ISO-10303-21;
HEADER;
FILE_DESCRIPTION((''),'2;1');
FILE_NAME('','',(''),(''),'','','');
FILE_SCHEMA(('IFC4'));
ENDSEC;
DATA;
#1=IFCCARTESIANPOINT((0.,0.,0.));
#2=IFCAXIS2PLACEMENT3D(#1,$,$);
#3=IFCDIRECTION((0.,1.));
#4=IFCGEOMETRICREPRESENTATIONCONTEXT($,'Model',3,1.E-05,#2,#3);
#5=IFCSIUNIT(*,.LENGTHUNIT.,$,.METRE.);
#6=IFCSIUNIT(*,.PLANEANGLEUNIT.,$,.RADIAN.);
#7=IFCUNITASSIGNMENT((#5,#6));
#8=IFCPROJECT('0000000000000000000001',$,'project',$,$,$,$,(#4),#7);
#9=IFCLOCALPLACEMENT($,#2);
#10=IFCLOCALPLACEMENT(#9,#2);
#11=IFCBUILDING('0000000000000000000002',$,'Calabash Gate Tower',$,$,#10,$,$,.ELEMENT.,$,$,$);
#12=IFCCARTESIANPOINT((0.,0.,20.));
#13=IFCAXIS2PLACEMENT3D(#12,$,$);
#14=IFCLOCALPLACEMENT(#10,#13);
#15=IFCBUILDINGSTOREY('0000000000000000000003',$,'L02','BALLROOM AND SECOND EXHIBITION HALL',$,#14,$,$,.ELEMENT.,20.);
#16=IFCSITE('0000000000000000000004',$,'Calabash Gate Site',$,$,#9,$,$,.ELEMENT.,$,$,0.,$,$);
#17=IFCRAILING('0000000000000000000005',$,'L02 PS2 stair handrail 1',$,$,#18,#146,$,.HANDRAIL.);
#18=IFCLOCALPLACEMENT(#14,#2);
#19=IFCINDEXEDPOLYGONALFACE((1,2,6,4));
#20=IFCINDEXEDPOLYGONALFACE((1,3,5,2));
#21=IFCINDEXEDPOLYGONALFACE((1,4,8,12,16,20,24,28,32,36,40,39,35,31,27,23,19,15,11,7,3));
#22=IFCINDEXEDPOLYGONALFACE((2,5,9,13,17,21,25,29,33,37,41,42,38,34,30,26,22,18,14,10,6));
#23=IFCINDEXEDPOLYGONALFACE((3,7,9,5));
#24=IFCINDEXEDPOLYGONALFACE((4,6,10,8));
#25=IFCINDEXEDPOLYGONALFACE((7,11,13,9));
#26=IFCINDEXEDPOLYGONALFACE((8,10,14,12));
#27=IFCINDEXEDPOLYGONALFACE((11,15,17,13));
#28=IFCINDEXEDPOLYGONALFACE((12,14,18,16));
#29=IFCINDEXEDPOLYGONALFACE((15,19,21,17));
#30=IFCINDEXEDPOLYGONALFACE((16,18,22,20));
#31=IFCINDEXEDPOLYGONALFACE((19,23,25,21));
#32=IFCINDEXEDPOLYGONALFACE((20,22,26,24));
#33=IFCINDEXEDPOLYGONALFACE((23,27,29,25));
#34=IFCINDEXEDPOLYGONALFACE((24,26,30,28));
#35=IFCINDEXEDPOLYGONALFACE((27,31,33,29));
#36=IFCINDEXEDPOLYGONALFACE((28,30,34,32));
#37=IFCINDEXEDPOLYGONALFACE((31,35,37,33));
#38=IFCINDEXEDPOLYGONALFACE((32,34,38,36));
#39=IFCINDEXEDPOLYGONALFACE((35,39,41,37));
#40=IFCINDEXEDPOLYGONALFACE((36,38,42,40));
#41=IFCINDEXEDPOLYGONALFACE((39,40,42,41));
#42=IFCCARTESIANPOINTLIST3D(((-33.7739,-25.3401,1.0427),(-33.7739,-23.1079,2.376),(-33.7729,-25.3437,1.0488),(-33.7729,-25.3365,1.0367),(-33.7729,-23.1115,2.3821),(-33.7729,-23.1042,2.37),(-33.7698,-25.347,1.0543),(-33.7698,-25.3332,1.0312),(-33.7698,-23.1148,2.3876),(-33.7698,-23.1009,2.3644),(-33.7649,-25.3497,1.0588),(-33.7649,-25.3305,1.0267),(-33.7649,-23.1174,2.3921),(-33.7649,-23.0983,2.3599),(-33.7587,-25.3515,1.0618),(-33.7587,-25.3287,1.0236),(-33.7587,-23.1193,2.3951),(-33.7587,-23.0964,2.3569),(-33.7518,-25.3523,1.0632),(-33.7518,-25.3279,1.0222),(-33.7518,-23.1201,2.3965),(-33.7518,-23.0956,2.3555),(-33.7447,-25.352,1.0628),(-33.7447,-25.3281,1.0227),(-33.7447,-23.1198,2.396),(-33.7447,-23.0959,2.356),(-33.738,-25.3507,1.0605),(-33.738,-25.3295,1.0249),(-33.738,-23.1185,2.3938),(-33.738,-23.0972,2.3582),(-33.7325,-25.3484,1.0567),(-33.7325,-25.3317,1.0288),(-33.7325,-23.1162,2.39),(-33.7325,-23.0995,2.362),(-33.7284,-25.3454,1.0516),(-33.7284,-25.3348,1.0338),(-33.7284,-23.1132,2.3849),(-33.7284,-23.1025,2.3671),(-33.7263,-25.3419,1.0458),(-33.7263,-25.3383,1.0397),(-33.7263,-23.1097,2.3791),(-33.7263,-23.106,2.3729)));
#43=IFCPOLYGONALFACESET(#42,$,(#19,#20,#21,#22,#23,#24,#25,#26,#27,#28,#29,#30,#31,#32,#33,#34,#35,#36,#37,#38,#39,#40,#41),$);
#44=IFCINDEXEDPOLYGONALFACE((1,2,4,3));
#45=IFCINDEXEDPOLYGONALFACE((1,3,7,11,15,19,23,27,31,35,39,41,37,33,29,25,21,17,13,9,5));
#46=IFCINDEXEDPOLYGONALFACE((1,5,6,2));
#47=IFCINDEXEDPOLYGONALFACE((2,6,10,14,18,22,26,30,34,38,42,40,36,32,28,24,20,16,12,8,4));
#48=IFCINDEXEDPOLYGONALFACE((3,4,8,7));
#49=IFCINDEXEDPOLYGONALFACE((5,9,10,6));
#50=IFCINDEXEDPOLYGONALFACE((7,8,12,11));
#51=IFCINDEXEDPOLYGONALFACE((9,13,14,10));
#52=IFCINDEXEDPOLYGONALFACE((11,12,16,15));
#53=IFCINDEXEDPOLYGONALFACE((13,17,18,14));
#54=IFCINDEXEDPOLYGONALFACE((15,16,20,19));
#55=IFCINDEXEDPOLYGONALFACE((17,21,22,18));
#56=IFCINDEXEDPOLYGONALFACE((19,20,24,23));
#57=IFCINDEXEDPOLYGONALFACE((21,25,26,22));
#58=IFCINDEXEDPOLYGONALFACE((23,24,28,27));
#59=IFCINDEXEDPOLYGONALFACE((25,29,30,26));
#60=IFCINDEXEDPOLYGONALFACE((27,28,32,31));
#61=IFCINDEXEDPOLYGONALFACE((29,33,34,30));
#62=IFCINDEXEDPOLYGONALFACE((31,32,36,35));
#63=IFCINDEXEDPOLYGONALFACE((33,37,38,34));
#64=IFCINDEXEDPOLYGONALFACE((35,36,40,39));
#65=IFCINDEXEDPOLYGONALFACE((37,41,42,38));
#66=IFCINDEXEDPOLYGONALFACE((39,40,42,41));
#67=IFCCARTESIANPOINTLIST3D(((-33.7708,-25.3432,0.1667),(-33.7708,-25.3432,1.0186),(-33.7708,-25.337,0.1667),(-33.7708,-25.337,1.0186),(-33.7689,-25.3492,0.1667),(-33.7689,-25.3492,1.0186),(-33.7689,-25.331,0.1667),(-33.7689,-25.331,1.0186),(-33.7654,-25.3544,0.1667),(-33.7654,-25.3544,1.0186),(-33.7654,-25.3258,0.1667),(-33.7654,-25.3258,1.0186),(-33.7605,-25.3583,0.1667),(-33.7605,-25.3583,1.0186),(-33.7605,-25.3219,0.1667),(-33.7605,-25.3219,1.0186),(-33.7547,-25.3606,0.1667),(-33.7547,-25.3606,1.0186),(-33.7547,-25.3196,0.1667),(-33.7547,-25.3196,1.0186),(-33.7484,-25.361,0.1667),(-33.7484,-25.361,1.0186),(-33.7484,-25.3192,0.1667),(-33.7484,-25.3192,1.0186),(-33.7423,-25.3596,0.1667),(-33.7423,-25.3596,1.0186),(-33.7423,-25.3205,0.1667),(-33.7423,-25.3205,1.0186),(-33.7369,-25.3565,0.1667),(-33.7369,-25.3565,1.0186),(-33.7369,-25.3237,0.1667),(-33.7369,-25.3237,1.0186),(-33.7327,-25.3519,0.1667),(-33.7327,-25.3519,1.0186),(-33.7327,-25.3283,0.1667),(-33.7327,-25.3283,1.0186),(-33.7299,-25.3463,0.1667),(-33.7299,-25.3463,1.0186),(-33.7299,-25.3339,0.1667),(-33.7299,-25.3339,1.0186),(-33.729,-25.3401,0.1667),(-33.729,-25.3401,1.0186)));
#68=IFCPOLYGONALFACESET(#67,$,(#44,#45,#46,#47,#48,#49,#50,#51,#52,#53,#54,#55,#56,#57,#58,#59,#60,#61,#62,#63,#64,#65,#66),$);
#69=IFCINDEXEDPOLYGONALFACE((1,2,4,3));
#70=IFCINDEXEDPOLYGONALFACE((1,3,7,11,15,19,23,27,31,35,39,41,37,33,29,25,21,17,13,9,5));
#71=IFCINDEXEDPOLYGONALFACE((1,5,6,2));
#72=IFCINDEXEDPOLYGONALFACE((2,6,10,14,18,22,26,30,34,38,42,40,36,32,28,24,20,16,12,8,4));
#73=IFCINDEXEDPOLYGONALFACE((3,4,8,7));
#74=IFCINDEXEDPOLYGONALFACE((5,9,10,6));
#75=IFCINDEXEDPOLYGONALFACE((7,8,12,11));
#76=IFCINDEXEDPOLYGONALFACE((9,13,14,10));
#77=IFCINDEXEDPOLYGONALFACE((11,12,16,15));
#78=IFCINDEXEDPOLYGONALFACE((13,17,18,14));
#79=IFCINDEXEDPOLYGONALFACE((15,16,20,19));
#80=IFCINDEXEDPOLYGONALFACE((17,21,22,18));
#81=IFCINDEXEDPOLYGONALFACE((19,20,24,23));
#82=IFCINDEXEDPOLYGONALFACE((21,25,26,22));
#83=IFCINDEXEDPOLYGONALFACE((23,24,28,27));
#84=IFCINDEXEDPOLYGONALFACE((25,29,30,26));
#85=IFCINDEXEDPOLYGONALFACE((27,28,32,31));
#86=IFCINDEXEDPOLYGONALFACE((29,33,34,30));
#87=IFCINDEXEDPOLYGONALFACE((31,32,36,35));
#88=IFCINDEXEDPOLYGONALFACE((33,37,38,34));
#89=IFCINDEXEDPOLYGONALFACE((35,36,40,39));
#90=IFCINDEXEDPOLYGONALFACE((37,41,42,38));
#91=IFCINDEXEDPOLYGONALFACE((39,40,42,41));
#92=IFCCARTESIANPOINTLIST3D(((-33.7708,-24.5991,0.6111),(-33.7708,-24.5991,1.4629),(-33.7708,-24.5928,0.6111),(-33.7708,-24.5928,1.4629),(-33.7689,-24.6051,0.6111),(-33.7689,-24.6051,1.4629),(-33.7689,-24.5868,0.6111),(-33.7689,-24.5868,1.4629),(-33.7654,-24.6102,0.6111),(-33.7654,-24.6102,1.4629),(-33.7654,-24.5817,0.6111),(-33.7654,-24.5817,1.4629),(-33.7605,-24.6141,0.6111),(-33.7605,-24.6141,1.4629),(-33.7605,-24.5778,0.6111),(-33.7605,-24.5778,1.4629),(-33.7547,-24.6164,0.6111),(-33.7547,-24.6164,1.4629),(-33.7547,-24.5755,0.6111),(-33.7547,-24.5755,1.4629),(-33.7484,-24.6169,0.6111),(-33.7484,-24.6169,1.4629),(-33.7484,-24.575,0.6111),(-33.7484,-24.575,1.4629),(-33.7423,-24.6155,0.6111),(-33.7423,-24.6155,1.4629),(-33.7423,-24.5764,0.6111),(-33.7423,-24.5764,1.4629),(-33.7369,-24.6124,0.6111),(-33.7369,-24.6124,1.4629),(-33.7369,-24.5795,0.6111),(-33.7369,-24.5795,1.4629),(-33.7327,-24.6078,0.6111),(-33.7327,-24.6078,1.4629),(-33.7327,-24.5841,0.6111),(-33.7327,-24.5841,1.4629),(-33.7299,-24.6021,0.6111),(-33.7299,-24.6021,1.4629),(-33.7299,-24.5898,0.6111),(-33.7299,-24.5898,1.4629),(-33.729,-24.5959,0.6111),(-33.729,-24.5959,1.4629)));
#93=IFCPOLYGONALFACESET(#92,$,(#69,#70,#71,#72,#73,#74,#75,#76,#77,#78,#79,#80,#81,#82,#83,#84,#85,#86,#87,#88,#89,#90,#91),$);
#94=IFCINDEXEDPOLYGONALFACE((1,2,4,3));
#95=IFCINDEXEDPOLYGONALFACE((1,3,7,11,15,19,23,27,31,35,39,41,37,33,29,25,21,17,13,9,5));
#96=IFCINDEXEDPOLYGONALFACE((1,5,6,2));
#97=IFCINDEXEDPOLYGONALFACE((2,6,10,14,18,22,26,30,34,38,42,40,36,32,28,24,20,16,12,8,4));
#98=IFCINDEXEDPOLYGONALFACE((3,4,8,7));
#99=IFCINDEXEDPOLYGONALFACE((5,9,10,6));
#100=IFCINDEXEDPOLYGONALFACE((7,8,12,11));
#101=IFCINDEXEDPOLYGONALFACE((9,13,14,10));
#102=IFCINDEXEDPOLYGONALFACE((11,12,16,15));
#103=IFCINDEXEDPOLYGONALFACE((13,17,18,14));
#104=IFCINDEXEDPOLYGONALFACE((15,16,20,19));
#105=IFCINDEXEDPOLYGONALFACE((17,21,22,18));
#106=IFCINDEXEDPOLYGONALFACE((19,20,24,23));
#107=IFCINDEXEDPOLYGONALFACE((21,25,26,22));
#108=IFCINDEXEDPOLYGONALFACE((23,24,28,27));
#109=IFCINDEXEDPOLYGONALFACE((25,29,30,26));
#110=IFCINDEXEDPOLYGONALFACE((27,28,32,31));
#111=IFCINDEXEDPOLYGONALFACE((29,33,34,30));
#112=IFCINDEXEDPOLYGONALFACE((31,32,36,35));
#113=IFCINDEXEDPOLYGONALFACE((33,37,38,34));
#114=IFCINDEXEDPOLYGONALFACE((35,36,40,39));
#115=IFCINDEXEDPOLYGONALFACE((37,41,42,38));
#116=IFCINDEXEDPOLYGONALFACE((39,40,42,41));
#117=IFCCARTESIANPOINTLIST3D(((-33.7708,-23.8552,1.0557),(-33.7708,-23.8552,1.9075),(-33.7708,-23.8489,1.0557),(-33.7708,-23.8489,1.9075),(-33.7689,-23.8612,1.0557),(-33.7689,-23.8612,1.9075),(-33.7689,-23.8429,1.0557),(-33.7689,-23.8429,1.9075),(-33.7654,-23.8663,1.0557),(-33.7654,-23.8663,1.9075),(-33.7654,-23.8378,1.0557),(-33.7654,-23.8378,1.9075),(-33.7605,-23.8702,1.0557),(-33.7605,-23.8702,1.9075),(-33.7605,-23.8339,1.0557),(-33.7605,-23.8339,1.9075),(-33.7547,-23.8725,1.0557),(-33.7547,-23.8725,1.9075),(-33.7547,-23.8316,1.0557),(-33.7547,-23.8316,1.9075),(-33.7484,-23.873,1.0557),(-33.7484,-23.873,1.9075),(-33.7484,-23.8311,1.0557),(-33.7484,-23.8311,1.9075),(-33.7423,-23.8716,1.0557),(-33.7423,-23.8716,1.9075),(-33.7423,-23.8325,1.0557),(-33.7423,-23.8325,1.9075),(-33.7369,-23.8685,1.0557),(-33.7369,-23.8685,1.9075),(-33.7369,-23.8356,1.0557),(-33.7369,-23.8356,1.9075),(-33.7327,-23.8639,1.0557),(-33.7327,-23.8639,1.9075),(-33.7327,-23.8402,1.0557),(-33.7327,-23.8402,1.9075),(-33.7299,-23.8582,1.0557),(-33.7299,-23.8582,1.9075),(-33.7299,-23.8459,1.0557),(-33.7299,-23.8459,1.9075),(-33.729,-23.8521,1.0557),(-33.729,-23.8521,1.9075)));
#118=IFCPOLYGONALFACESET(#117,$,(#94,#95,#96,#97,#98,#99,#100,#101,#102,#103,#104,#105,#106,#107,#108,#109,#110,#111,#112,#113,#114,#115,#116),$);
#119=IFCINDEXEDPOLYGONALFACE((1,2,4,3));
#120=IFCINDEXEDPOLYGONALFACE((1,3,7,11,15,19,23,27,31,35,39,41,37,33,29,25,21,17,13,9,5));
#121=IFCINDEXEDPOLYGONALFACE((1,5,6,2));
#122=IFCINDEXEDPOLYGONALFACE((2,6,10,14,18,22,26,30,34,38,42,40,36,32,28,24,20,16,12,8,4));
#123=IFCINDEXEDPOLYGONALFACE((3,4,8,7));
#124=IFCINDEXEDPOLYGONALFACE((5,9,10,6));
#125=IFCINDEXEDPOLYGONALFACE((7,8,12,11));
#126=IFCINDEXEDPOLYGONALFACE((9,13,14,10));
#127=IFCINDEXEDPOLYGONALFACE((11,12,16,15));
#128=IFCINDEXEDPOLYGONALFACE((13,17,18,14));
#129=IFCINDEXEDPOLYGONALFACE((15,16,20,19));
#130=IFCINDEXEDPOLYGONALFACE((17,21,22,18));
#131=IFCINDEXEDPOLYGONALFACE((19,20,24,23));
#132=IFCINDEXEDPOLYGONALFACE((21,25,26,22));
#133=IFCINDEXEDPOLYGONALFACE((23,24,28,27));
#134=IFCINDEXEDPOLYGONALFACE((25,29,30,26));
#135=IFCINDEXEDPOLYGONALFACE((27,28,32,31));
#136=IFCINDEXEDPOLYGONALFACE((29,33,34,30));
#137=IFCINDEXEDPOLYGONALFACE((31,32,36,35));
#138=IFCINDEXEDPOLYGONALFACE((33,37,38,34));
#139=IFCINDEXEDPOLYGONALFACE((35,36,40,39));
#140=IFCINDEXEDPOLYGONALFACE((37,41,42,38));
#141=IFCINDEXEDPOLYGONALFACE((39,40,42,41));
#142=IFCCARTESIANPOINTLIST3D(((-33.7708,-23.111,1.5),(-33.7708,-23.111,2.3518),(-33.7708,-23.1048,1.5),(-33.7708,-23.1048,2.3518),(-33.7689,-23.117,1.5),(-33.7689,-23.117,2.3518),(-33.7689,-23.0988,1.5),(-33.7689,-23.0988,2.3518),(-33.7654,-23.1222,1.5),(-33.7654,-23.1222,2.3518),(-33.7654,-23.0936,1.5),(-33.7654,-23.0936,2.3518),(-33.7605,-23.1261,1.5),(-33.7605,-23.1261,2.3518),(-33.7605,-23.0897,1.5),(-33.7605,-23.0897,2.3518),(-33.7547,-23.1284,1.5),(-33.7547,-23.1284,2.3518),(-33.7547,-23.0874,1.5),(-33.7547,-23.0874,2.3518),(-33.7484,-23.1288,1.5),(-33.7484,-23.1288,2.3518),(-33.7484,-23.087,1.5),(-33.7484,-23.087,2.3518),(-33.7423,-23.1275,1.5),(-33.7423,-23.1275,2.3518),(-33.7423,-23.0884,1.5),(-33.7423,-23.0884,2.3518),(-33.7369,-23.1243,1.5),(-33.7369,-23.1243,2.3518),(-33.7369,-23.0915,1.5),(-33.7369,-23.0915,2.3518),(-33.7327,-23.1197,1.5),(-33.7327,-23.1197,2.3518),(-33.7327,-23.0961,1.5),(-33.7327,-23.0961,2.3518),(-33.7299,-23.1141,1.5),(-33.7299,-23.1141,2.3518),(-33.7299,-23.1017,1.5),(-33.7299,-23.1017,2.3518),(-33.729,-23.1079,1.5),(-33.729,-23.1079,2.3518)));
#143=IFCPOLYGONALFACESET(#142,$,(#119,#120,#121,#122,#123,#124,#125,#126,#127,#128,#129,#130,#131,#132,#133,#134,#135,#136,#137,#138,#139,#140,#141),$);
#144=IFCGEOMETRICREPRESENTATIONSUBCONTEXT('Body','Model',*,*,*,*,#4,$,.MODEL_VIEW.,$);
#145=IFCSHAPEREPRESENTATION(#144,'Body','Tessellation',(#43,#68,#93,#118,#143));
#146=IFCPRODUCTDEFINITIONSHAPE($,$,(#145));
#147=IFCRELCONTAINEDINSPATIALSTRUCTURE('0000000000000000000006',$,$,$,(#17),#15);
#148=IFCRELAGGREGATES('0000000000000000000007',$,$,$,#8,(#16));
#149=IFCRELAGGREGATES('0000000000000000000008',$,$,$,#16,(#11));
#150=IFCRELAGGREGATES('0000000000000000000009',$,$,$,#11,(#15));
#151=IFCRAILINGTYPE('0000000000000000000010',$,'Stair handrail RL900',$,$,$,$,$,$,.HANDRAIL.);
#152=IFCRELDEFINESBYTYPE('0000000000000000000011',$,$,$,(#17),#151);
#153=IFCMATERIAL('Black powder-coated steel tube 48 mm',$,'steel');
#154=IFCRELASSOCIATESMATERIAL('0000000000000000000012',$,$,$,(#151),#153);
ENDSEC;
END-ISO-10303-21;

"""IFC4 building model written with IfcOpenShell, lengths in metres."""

from ifc_helpers import new_model, si_unit, direction, frame, origin, origin_2d, place, context, subcontext, project, spatial, circle, extrude, material, type_object, element, save


model = new_model("IFC4")

# Units and contexts
model_context = context("Model", 3, precision=1e-05, world=origin(), true_north=direction((0.0, 1.0)))
body_context = subcontext(model_context, "Body", "Model", "MODEL_VIEW")
ifc_project = project(units=[si_unit("LENGTHUNIT", "METRE"), si_unit("PLANEANGLEUNIT", "RADIAN")], contexts=[model_context])

# Site, building, storey
site_placement = place(None, origin())
site = spatial("IfcSite", under=ifc_project, at=site_placement, Name="Calabash Gate Site", CompositionType="ELEMENT", RefElevation=0.0)
building_placement = place(site_placement, origin())
building = spatial("IfcBuilding", under=site, at=building_placement, Name="Calabash Gate Tower", CompositionType="ELEMENT")
storey_placement = place(building_placement, frame((0.0, 0.0, 20.0)))
storey = spatial("IfcBuildingStorey", under=building, at=storey_placement, Name="L02", Description="BALLROOM AND SECOND EXHIBITION HALL", CompositionType="ELEMENT", Elevation=20.0)

# Railing
ifc_material_1 = material(Name="Black powder-coated steel tube 48 mm", Category="steel")
railing_type_1 = type_object("IfcRailingType", Name="Stair handrail RL900", PredefinedType="HANDRAIL", material=ifc_material_1)
for number, where, name in (
    (1, (-33.75, -25.3401, 0.1667), "L02 PS2 stair handrail 1"),
):
    element("IfcRailing", number, at=place(storey_placement, frame(where)), inside=storey, type_object=railing_type_1, Name=name, PredefinedType="HANDRAIL", context=body_context, shape_type="SweptSolid", body=[
        extrude(circle(Radius=0.0239, at=origin_2d()), frame((0.0, 0.0, 0.876), z_axis=(0.0, 0.858519, 0.512782), x_axis=(-1.0, 0.0, 0.0)), (0.0, 0.0, 1.0), 2.6001),
        extrude(circle(Radius=0.021, at=origin_2d()), origin(), (0.0, 0.0, 1.0), 0.8518),
        extrude(circle(Radius=0.021, at=origin_2d()), frame((0.0, 0.7441, 0.4443)), (0.0, 0.0, 1.0), 0.8518),
        extrude(circle(Radius=0.021, at=origin_2d()), frame((0.0, 1.488, 0.8889)), (0.0, 0.0, 1.0), 0.8518),
        extrude(circle(Radius=0.021, at=origin_2d()), frame((0.0, 2.2322, 1.3333)), (0.0, 0.0, 1.0), 0.8518),
    ])

save(model, "model.ifc")
